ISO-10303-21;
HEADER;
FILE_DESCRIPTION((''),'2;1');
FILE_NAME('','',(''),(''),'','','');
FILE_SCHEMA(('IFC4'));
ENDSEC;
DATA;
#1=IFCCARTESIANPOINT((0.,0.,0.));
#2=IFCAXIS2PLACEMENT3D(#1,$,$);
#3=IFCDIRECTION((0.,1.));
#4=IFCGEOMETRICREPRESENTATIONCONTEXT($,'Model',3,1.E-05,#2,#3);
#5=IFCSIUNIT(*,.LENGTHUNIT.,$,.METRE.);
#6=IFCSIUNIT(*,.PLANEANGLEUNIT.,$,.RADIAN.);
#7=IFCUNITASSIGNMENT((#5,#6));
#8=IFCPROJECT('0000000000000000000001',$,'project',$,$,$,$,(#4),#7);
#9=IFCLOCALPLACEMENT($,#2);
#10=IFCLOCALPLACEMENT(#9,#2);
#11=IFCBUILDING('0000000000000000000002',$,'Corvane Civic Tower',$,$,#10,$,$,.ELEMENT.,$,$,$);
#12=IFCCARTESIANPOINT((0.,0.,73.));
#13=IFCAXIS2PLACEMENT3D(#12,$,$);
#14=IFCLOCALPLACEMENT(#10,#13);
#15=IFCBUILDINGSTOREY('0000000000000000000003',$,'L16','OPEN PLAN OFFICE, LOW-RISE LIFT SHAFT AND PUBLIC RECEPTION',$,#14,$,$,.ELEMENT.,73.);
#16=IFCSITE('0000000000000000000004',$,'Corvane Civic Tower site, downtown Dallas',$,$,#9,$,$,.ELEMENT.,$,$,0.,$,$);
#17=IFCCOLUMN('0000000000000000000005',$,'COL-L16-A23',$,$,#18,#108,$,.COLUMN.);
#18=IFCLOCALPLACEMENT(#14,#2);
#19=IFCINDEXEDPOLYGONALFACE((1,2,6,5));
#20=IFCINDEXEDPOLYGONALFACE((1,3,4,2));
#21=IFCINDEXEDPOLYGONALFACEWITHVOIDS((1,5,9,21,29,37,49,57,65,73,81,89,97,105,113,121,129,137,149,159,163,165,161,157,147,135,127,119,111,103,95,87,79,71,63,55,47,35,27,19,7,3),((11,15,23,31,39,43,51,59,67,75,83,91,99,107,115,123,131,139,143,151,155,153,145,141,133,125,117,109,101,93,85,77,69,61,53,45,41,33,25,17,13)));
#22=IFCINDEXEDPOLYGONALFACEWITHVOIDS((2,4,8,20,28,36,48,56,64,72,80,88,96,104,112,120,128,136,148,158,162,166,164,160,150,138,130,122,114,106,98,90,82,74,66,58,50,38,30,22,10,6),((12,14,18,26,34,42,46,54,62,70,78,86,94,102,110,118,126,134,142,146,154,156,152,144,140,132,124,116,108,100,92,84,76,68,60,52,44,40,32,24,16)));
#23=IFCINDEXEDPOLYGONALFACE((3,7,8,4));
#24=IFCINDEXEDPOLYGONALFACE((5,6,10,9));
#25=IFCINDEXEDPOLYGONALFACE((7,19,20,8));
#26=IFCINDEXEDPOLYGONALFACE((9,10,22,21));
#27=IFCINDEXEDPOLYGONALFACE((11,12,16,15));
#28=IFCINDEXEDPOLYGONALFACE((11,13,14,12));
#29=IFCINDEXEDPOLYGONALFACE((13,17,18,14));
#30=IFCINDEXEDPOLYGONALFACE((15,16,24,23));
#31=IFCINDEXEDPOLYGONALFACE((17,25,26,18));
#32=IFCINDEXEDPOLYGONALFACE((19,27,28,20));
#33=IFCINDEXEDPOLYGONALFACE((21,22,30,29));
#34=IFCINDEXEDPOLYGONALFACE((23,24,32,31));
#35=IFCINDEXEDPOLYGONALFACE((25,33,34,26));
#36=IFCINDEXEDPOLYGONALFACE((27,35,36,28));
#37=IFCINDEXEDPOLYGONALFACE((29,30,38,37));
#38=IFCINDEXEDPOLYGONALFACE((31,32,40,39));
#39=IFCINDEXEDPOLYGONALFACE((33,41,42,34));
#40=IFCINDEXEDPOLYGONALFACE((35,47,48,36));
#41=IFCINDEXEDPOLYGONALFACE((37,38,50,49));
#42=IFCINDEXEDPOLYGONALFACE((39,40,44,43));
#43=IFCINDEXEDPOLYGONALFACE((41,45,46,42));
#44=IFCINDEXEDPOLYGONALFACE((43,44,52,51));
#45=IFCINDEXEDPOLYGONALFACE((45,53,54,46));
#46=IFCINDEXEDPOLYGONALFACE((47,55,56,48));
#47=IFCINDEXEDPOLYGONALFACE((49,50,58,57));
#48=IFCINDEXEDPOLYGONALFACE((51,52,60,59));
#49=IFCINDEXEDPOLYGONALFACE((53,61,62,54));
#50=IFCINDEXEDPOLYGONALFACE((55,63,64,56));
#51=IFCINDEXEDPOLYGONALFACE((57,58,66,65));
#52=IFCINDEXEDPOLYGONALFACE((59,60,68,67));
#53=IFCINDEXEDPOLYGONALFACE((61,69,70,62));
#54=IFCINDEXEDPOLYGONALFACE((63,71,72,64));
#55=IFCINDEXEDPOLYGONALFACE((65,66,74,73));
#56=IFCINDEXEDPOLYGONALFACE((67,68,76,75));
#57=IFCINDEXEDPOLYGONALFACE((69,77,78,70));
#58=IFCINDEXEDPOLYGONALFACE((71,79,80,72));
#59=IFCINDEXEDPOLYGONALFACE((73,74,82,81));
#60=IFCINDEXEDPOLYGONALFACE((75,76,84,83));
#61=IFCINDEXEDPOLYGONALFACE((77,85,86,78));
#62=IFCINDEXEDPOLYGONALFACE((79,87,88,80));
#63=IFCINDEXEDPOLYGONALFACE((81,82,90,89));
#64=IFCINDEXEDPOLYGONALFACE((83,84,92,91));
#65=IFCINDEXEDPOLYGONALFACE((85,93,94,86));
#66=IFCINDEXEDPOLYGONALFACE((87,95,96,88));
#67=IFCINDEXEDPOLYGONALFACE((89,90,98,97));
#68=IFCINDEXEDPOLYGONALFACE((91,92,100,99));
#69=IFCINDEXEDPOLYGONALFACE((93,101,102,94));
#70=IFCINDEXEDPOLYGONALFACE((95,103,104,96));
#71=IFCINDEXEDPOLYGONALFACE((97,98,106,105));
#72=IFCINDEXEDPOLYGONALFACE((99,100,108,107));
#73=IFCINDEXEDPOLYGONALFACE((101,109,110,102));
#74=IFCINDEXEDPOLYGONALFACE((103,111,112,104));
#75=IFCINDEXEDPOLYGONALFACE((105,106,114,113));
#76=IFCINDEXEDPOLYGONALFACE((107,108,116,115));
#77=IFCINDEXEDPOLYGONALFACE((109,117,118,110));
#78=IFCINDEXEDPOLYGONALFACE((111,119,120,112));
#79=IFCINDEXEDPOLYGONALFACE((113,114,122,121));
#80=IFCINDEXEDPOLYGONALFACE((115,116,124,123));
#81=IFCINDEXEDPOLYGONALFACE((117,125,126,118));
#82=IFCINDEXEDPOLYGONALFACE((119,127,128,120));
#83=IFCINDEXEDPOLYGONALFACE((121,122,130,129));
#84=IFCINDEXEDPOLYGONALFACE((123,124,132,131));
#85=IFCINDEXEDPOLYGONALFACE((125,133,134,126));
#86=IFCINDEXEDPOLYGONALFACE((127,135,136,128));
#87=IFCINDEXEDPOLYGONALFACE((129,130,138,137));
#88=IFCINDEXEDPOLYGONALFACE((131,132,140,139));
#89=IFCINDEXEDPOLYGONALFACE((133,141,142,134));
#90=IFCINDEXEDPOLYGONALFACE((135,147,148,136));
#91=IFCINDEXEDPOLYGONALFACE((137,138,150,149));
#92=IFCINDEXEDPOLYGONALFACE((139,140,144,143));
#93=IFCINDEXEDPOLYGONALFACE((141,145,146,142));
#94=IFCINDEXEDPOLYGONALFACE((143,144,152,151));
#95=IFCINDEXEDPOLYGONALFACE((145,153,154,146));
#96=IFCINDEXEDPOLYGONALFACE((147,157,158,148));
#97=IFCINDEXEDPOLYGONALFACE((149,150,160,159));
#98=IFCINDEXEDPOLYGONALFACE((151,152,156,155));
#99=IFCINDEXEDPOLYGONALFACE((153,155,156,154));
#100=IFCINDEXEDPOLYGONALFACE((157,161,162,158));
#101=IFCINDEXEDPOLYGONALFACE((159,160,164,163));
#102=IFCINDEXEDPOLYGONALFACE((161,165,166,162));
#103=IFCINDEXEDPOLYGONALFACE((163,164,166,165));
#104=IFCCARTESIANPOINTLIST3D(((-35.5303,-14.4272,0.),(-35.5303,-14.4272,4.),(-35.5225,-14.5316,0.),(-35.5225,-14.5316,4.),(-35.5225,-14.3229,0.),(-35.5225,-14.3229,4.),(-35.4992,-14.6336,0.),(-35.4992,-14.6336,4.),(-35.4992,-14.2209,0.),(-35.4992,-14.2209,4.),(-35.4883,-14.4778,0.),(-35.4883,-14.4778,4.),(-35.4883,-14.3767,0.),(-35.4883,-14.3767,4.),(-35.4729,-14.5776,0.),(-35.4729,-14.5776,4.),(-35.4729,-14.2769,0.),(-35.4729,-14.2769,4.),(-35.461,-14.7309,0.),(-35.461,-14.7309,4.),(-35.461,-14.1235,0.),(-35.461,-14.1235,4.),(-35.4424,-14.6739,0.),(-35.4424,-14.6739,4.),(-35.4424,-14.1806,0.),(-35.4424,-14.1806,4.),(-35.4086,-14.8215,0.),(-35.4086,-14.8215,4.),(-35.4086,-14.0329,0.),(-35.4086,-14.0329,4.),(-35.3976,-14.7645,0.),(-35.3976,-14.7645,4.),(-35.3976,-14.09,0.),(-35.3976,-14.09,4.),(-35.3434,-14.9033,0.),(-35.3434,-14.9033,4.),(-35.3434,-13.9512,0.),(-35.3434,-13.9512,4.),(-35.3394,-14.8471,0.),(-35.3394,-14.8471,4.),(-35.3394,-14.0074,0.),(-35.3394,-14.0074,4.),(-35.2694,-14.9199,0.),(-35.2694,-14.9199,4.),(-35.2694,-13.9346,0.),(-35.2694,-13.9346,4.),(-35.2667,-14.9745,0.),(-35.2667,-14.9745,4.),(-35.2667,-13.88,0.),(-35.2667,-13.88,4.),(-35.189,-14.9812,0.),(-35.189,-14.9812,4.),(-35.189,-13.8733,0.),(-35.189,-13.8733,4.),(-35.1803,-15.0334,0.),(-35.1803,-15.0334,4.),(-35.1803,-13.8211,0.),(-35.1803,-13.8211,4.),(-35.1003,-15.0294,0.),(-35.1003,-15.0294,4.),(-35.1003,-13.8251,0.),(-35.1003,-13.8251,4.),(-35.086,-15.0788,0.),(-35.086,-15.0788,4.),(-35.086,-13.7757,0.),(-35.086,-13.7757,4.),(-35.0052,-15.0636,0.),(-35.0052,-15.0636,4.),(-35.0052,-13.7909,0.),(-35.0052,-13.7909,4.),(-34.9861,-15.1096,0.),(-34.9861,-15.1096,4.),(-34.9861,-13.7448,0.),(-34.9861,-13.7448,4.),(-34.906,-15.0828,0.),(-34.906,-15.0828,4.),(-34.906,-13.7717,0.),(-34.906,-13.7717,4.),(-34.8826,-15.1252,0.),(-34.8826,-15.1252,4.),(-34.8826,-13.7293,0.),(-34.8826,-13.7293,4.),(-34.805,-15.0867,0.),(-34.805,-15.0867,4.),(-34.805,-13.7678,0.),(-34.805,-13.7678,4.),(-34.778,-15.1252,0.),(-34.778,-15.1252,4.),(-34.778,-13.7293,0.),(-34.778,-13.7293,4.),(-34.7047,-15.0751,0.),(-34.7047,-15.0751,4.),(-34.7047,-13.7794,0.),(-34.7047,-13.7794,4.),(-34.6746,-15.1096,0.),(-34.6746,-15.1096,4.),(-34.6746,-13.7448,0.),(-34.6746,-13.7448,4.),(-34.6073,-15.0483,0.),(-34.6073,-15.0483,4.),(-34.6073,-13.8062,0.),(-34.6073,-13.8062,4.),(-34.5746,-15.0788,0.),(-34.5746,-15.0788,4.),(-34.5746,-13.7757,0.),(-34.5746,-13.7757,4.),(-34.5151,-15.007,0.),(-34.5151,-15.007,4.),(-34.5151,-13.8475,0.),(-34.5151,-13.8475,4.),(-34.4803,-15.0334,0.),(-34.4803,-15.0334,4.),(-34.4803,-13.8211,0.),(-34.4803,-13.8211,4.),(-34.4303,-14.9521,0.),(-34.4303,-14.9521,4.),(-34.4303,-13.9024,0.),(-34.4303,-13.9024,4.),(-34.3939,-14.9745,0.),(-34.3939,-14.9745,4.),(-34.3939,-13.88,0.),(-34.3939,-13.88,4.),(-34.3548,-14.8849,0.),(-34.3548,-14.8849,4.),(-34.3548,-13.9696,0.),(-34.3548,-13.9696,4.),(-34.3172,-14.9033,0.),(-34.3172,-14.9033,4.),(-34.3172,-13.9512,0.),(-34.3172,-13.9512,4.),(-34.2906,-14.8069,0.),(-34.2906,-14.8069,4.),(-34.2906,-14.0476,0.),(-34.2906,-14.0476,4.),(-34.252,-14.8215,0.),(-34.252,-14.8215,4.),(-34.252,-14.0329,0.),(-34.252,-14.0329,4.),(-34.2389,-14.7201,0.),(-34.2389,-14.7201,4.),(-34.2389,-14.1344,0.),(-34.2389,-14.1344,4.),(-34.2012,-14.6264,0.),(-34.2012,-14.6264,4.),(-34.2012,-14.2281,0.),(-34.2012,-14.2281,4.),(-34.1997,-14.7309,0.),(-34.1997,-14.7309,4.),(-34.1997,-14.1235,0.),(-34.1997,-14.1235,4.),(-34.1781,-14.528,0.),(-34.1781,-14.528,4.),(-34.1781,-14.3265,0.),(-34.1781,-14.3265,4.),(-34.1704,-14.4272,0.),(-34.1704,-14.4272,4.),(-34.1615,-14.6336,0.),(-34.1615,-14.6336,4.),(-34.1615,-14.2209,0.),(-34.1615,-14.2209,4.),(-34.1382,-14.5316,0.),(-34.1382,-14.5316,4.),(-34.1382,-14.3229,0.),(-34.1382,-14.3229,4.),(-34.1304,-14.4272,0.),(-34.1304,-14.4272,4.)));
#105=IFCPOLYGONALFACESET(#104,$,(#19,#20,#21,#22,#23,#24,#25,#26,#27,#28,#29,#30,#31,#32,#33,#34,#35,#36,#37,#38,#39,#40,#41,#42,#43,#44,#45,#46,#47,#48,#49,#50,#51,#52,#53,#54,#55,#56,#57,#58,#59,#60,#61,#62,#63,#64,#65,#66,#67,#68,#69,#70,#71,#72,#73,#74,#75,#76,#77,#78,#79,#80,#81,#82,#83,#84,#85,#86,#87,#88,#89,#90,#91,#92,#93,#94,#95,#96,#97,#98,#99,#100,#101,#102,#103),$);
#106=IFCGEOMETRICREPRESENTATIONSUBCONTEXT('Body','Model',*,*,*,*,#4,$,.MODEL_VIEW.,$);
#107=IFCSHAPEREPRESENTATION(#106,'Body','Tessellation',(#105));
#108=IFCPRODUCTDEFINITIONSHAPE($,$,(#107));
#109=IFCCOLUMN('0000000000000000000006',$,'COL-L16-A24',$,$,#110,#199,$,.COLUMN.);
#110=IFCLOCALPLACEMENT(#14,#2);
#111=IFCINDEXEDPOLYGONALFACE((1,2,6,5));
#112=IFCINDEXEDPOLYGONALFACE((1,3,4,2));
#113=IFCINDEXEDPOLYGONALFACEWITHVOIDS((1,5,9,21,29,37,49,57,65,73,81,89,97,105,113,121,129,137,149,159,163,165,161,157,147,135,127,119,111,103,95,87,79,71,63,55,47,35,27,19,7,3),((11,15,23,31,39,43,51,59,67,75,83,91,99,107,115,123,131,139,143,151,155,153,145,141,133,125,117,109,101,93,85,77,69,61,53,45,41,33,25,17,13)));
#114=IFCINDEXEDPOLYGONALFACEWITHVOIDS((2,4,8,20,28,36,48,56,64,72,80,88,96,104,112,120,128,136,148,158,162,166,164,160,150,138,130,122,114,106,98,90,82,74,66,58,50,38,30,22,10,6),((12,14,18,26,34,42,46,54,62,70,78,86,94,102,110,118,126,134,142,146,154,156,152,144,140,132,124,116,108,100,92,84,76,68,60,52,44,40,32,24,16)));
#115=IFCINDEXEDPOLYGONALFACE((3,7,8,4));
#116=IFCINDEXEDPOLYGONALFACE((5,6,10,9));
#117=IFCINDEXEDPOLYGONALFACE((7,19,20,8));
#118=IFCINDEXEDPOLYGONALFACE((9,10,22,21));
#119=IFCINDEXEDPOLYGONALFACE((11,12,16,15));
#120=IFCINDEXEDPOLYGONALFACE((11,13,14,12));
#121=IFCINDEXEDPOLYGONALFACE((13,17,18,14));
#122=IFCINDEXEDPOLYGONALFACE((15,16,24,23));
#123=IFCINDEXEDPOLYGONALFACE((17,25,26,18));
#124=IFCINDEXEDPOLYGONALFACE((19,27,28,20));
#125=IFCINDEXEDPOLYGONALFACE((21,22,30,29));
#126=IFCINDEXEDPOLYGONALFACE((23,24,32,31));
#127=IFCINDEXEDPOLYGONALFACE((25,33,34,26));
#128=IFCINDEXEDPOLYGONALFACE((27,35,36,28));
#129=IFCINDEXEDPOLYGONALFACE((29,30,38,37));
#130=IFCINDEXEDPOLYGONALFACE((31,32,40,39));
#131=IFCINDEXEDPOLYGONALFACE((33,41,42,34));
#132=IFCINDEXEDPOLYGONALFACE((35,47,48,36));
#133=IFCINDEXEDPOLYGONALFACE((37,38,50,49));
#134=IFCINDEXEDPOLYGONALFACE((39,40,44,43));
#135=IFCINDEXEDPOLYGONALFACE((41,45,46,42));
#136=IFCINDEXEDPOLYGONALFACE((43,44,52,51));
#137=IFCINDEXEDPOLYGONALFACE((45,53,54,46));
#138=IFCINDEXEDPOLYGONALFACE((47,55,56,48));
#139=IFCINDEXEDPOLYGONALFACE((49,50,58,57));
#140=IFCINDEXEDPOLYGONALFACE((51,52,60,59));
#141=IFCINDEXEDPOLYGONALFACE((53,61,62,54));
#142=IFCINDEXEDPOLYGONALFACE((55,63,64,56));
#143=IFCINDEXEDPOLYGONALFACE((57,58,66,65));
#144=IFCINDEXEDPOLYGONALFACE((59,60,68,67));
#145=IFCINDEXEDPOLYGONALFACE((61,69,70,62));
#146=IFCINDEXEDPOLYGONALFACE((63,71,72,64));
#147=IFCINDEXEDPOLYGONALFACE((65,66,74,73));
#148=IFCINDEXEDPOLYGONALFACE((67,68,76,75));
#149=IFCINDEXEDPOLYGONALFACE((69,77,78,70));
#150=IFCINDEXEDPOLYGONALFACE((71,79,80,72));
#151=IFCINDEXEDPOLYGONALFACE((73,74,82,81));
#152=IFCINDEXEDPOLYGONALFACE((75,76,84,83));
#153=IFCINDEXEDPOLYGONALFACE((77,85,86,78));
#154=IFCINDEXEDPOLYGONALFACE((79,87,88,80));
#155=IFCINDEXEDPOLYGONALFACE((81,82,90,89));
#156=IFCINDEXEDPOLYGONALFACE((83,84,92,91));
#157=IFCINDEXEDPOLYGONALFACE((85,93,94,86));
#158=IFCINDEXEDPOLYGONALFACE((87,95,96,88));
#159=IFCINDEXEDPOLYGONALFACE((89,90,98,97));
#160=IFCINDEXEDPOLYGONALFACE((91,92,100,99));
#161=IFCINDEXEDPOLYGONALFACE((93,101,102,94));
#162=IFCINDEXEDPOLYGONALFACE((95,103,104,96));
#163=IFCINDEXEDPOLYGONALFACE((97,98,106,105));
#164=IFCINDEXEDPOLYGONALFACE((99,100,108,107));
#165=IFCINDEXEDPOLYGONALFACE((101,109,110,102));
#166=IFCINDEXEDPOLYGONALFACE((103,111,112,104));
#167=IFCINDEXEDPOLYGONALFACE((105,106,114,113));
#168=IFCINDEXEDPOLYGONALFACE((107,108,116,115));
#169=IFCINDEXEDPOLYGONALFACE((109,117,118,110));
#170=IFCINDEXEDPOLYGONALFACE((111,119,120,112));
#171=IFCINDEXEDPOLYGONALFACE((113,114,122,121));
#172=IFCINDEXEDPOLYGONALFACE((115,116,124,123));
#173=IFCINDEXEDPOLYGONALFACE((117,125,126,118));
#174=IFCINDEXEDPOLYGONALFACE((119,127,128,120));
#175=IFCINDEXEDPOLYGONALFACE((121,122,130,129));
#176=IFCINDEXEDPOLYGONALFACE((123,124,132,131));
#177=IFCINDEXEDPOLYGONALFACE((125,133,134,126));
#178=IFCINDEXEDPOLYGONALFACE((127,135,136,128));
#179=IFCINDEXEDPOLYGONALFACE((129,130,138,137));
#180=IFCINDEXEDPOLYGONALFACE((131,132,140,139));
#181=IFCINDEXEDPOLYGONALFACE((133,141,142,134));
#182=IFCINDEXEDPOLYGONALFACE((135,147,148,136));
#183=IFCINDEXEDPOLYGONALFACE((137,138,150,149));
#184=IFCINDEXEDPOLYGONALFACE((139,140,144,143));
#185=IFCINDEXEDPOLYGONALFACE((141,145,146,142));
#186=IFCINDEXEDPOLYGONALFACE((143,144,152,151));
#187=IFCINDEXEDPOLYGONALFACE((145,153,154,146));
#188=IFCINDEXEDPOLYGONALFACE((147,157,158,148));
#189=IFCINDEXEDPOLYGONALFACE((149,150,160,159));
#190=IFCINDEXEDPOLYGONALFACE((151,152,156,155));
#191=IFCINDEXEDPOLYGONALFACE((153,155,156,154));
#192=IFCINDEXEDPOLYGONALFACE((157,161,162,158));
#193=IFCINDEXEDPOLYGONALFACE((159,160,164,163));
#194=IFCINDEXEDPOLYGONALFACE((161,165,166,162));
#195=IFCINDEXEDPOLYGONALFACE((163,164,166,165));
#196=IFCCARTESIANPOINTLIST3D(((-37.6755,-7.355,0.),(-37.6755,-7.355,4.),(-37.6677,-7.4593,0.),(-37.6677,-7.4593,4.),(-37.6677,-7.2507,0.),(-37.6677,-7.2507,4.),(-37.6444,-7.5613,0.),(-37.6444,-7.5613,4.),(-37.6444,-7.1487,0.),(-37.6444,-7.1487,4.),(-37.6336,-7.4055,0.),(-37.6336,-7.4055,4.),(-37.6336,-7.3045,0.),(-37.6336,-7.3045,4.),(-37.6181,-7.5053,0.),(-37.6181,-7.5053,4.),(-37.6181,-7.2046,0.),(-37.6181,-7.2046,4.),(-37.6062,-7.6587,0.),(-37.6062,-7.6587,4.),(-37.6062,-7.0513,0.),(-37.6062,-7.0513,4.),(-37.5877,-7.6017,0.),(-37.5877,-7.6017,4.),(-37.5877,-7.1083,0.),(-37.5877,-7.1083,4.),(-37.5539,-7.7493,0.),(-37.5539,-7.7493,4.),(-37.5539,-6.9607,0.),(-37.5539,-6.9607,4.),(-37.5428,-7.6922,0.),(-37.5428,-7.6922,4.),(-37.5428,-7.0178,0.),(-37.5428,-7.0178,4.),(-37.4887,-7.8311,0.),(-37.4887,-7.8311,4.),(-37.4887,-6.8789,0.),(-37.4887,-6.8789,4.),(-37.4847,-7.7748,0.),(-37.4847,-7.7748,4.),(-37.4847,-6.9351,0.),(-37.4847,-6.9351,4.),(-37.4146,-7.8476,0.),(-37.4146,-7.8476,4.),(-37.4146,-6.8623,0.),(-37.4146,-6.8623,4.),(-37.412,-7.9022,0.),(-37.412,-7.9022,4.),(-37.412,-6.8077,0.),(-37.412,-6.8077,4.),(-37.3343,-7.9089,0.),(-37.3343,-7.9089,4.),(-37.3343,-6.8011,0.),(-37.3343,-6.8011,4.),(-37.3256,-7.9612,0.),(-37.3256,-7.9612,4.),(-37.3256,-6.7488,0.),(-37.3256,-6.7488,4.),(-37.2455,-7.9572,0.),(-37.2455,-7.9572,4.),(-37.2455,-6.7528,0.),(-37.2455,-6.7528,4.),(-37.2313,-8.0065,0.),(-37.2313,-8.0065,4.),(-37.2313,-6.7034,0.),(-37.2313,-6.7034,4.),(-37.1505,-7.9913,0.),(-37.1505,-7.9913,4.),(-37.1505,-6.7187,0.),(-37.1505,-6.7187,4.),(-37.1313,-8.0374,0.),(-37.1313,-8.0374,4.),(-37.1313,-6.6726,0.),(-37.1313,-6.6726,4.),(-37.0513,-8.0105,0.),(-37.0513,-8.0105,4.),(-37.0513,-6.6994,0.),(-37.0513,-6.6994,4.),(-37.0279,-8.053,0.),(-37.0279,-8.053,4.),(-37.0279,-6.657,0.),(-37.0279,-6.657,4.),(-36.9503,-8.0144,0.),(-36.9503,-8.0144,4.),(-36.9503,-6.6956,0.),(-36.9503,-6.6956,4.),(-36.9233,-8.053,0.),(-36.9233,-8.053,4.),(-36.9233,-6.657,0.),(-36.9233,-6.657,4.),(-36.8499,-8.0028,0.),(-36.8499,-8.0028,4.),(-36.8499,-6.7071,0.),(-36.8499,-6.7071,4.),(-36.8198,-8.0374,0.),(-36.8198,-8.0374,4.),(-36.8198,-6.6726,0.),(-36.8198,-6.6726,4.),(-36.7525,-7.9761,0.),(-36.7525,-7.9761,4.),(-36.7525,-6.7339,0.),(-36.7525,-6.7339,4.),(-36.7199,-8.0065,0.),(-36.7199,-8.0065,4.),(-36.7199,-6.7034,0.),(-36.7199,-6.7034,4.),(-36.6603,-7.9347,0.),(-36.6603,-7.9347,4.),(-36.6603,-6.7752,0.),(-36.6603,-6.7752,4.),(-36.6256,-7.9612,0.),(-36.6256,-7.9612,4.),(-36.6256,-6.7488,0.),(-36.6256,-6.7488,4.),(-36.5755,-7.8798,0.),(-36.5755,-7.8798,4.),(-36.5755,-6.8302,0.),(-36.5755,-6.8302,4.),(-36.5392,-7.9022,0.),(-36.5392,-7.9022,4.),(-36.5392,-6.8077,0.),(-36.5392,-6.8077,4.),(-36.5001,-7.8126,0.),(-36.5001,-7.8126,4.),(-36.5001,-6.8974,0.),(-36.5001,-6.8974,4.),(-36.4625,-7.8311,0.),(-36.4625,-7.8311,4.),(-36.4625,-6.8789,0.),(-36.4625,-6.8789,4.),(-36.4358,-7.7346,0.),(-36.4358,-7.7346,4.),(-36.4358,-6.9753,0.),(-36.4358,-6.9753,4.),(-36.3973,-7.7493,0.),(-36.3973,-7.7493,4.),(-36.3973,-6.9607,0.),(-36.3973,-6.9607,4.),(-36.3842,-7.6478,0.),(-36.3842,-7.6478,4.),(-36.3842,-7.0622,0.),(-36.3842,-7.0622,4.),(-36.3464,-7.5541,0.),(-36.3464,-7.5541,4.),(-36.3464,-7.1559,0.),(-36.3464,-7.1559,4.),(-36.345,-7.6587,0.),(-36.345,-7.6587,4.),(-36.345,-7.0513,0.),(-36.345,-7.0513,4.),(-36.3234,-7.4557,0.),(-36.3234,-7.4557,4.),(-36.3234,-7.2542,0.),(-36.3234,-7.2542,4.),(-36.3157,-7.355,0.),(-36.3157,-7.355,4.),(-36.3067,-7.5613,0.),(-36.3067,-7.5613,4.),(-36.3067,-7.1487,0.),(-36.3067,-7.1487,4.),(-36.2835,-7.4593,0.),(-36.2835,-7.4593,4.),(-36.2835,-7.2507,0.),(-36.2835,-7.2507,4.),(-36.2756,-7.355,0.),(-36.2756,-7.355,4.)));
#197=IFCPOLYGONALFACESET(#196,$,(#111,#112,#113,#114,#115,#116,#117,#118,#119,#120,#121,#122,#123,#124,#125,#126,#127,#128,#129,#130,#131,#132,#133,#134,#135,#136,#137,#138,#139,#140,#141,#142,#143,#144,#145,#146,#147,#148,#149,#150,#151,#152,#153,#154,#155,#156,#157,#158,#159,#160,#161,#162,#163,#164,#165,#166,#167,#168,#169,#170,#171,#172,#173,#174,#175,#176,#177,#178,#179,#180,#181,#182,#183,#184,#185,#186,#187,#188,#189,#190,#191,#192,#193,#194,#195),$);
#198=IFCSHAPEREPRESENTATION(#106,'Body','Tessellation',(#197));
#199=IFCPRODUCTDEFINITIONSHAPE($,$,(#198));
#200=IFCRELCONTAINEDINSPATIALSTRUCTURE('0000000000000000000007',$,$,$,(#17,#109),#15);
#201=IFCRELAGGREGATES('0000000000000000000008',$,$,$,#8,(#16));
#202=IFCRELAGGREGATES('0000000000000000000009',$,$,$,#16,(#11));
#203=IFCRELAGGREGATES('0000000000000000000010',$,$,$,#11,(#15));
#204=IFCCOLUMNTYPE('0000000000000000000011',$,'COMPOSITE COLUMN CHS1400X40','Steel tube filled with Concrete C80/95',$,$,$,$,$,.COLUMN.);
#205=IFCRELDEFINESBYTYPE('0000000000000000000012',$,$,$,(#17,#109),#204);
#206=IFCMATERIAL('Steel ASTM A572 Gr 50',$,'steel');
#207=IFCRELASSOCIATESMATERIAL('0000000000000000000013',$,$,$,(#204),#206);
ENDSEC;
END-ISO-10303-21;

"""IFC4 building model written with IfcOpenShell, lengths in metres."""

from ifc_helpers import new_model, si_unit, direction, frame, origin, origin_2d, place, context, subcontext, project, spatial, hollow_circle, extrude, material, material_profile, profile_set, type_object, element, save


model = new_model("IFC4")

# Units and contexts
model_context = context("Model", 3, precision=1e-05, world=origin(), true_north=direction((0.0, 1.0)))
body_context = subcontext(model_context, "Body", "Model", "MODEL_VIEW")
ifc_project = project(units=[si_unit("LENGTHUNIT", "METRE"), si_unit("PLANEANGLEUNIT", "RADIAN")], contexts=[model_context])

# Site, building, storey
site_placement = place(None, origin())
site = spatial("IfcSite", under=ifc_project, at=site_placement, Name="Corvane Civic Tower site, downtown Dallas", CompositionType="ELEMENT", RefElevation=0.0)
building_placement = place(site_placement, origin())
building = spatial("IfcBuilding", under=site, at=building_placement, Name="Corvane Civic Tower", CompositionType="ELEMENT")
storey_placement = place(building_placement, frame((0.0, 0.0, 73.0)))
storey = spatial("IfcBuildingStorey", under=building, at=storey_placement, Name="L16", Description="OPEN PLAN OFFICE, LOW-RISE LIFT SHAFT AND PUBLIC RECEPTION", CompositionType="ELEMENT", Elevation=73.0)

# Columns
ifc_material_1 = material(Name="Steel ASTM A572 Gr 50", Category="steel")
ifc_material_profile_1 = material_profile(ifc_material_1, hollow_circle(Radius=0.7, WallThickness=0.04, at=origin_2d()), Name="CHS1400X40")
ifc_profile_set_1 = profile_set([ifc_material_profile_1], Name="Steel ASTM A572 Gr 50")
column_type = type_object("IfcColumnType", Name="COMPOSITE COLUMN CHS1400X40", Description="Steel tube filled with Concrete C80/95", PredefinedType="COLUMN", material=ifc_profile_set_1)
for number, where, z_axis, x_axis, name in (
    (1, (-34.8303, -14.4272, 0.0), (0.0, 0.0, 1.0), (1.0, 0.0, 0.0), "COL-L16-A23"),
    (2, (-36.9756, -7.355, 0.0), (0.0, 0.0, 1.0), (1.0, 0.0, 0.0), "COL-L16-A24"),
):
    element("IfcColumn", number, at=place(storey_placement, frame(where, z_axis=z_axis, x_axis=x_axis)), inside=storey, type_object=column_type, Name=name, PredefinedType="COLUMN", context=body_context, shape_type="SweptSolid", body=[
        extrude(hollow_circle(Radius=0.7, WallThickness=0.04, at=origin_2d()), origin(), (0.0, 0.0, 1.0), 4.0),
    ])

save(model, "model.ifc")
